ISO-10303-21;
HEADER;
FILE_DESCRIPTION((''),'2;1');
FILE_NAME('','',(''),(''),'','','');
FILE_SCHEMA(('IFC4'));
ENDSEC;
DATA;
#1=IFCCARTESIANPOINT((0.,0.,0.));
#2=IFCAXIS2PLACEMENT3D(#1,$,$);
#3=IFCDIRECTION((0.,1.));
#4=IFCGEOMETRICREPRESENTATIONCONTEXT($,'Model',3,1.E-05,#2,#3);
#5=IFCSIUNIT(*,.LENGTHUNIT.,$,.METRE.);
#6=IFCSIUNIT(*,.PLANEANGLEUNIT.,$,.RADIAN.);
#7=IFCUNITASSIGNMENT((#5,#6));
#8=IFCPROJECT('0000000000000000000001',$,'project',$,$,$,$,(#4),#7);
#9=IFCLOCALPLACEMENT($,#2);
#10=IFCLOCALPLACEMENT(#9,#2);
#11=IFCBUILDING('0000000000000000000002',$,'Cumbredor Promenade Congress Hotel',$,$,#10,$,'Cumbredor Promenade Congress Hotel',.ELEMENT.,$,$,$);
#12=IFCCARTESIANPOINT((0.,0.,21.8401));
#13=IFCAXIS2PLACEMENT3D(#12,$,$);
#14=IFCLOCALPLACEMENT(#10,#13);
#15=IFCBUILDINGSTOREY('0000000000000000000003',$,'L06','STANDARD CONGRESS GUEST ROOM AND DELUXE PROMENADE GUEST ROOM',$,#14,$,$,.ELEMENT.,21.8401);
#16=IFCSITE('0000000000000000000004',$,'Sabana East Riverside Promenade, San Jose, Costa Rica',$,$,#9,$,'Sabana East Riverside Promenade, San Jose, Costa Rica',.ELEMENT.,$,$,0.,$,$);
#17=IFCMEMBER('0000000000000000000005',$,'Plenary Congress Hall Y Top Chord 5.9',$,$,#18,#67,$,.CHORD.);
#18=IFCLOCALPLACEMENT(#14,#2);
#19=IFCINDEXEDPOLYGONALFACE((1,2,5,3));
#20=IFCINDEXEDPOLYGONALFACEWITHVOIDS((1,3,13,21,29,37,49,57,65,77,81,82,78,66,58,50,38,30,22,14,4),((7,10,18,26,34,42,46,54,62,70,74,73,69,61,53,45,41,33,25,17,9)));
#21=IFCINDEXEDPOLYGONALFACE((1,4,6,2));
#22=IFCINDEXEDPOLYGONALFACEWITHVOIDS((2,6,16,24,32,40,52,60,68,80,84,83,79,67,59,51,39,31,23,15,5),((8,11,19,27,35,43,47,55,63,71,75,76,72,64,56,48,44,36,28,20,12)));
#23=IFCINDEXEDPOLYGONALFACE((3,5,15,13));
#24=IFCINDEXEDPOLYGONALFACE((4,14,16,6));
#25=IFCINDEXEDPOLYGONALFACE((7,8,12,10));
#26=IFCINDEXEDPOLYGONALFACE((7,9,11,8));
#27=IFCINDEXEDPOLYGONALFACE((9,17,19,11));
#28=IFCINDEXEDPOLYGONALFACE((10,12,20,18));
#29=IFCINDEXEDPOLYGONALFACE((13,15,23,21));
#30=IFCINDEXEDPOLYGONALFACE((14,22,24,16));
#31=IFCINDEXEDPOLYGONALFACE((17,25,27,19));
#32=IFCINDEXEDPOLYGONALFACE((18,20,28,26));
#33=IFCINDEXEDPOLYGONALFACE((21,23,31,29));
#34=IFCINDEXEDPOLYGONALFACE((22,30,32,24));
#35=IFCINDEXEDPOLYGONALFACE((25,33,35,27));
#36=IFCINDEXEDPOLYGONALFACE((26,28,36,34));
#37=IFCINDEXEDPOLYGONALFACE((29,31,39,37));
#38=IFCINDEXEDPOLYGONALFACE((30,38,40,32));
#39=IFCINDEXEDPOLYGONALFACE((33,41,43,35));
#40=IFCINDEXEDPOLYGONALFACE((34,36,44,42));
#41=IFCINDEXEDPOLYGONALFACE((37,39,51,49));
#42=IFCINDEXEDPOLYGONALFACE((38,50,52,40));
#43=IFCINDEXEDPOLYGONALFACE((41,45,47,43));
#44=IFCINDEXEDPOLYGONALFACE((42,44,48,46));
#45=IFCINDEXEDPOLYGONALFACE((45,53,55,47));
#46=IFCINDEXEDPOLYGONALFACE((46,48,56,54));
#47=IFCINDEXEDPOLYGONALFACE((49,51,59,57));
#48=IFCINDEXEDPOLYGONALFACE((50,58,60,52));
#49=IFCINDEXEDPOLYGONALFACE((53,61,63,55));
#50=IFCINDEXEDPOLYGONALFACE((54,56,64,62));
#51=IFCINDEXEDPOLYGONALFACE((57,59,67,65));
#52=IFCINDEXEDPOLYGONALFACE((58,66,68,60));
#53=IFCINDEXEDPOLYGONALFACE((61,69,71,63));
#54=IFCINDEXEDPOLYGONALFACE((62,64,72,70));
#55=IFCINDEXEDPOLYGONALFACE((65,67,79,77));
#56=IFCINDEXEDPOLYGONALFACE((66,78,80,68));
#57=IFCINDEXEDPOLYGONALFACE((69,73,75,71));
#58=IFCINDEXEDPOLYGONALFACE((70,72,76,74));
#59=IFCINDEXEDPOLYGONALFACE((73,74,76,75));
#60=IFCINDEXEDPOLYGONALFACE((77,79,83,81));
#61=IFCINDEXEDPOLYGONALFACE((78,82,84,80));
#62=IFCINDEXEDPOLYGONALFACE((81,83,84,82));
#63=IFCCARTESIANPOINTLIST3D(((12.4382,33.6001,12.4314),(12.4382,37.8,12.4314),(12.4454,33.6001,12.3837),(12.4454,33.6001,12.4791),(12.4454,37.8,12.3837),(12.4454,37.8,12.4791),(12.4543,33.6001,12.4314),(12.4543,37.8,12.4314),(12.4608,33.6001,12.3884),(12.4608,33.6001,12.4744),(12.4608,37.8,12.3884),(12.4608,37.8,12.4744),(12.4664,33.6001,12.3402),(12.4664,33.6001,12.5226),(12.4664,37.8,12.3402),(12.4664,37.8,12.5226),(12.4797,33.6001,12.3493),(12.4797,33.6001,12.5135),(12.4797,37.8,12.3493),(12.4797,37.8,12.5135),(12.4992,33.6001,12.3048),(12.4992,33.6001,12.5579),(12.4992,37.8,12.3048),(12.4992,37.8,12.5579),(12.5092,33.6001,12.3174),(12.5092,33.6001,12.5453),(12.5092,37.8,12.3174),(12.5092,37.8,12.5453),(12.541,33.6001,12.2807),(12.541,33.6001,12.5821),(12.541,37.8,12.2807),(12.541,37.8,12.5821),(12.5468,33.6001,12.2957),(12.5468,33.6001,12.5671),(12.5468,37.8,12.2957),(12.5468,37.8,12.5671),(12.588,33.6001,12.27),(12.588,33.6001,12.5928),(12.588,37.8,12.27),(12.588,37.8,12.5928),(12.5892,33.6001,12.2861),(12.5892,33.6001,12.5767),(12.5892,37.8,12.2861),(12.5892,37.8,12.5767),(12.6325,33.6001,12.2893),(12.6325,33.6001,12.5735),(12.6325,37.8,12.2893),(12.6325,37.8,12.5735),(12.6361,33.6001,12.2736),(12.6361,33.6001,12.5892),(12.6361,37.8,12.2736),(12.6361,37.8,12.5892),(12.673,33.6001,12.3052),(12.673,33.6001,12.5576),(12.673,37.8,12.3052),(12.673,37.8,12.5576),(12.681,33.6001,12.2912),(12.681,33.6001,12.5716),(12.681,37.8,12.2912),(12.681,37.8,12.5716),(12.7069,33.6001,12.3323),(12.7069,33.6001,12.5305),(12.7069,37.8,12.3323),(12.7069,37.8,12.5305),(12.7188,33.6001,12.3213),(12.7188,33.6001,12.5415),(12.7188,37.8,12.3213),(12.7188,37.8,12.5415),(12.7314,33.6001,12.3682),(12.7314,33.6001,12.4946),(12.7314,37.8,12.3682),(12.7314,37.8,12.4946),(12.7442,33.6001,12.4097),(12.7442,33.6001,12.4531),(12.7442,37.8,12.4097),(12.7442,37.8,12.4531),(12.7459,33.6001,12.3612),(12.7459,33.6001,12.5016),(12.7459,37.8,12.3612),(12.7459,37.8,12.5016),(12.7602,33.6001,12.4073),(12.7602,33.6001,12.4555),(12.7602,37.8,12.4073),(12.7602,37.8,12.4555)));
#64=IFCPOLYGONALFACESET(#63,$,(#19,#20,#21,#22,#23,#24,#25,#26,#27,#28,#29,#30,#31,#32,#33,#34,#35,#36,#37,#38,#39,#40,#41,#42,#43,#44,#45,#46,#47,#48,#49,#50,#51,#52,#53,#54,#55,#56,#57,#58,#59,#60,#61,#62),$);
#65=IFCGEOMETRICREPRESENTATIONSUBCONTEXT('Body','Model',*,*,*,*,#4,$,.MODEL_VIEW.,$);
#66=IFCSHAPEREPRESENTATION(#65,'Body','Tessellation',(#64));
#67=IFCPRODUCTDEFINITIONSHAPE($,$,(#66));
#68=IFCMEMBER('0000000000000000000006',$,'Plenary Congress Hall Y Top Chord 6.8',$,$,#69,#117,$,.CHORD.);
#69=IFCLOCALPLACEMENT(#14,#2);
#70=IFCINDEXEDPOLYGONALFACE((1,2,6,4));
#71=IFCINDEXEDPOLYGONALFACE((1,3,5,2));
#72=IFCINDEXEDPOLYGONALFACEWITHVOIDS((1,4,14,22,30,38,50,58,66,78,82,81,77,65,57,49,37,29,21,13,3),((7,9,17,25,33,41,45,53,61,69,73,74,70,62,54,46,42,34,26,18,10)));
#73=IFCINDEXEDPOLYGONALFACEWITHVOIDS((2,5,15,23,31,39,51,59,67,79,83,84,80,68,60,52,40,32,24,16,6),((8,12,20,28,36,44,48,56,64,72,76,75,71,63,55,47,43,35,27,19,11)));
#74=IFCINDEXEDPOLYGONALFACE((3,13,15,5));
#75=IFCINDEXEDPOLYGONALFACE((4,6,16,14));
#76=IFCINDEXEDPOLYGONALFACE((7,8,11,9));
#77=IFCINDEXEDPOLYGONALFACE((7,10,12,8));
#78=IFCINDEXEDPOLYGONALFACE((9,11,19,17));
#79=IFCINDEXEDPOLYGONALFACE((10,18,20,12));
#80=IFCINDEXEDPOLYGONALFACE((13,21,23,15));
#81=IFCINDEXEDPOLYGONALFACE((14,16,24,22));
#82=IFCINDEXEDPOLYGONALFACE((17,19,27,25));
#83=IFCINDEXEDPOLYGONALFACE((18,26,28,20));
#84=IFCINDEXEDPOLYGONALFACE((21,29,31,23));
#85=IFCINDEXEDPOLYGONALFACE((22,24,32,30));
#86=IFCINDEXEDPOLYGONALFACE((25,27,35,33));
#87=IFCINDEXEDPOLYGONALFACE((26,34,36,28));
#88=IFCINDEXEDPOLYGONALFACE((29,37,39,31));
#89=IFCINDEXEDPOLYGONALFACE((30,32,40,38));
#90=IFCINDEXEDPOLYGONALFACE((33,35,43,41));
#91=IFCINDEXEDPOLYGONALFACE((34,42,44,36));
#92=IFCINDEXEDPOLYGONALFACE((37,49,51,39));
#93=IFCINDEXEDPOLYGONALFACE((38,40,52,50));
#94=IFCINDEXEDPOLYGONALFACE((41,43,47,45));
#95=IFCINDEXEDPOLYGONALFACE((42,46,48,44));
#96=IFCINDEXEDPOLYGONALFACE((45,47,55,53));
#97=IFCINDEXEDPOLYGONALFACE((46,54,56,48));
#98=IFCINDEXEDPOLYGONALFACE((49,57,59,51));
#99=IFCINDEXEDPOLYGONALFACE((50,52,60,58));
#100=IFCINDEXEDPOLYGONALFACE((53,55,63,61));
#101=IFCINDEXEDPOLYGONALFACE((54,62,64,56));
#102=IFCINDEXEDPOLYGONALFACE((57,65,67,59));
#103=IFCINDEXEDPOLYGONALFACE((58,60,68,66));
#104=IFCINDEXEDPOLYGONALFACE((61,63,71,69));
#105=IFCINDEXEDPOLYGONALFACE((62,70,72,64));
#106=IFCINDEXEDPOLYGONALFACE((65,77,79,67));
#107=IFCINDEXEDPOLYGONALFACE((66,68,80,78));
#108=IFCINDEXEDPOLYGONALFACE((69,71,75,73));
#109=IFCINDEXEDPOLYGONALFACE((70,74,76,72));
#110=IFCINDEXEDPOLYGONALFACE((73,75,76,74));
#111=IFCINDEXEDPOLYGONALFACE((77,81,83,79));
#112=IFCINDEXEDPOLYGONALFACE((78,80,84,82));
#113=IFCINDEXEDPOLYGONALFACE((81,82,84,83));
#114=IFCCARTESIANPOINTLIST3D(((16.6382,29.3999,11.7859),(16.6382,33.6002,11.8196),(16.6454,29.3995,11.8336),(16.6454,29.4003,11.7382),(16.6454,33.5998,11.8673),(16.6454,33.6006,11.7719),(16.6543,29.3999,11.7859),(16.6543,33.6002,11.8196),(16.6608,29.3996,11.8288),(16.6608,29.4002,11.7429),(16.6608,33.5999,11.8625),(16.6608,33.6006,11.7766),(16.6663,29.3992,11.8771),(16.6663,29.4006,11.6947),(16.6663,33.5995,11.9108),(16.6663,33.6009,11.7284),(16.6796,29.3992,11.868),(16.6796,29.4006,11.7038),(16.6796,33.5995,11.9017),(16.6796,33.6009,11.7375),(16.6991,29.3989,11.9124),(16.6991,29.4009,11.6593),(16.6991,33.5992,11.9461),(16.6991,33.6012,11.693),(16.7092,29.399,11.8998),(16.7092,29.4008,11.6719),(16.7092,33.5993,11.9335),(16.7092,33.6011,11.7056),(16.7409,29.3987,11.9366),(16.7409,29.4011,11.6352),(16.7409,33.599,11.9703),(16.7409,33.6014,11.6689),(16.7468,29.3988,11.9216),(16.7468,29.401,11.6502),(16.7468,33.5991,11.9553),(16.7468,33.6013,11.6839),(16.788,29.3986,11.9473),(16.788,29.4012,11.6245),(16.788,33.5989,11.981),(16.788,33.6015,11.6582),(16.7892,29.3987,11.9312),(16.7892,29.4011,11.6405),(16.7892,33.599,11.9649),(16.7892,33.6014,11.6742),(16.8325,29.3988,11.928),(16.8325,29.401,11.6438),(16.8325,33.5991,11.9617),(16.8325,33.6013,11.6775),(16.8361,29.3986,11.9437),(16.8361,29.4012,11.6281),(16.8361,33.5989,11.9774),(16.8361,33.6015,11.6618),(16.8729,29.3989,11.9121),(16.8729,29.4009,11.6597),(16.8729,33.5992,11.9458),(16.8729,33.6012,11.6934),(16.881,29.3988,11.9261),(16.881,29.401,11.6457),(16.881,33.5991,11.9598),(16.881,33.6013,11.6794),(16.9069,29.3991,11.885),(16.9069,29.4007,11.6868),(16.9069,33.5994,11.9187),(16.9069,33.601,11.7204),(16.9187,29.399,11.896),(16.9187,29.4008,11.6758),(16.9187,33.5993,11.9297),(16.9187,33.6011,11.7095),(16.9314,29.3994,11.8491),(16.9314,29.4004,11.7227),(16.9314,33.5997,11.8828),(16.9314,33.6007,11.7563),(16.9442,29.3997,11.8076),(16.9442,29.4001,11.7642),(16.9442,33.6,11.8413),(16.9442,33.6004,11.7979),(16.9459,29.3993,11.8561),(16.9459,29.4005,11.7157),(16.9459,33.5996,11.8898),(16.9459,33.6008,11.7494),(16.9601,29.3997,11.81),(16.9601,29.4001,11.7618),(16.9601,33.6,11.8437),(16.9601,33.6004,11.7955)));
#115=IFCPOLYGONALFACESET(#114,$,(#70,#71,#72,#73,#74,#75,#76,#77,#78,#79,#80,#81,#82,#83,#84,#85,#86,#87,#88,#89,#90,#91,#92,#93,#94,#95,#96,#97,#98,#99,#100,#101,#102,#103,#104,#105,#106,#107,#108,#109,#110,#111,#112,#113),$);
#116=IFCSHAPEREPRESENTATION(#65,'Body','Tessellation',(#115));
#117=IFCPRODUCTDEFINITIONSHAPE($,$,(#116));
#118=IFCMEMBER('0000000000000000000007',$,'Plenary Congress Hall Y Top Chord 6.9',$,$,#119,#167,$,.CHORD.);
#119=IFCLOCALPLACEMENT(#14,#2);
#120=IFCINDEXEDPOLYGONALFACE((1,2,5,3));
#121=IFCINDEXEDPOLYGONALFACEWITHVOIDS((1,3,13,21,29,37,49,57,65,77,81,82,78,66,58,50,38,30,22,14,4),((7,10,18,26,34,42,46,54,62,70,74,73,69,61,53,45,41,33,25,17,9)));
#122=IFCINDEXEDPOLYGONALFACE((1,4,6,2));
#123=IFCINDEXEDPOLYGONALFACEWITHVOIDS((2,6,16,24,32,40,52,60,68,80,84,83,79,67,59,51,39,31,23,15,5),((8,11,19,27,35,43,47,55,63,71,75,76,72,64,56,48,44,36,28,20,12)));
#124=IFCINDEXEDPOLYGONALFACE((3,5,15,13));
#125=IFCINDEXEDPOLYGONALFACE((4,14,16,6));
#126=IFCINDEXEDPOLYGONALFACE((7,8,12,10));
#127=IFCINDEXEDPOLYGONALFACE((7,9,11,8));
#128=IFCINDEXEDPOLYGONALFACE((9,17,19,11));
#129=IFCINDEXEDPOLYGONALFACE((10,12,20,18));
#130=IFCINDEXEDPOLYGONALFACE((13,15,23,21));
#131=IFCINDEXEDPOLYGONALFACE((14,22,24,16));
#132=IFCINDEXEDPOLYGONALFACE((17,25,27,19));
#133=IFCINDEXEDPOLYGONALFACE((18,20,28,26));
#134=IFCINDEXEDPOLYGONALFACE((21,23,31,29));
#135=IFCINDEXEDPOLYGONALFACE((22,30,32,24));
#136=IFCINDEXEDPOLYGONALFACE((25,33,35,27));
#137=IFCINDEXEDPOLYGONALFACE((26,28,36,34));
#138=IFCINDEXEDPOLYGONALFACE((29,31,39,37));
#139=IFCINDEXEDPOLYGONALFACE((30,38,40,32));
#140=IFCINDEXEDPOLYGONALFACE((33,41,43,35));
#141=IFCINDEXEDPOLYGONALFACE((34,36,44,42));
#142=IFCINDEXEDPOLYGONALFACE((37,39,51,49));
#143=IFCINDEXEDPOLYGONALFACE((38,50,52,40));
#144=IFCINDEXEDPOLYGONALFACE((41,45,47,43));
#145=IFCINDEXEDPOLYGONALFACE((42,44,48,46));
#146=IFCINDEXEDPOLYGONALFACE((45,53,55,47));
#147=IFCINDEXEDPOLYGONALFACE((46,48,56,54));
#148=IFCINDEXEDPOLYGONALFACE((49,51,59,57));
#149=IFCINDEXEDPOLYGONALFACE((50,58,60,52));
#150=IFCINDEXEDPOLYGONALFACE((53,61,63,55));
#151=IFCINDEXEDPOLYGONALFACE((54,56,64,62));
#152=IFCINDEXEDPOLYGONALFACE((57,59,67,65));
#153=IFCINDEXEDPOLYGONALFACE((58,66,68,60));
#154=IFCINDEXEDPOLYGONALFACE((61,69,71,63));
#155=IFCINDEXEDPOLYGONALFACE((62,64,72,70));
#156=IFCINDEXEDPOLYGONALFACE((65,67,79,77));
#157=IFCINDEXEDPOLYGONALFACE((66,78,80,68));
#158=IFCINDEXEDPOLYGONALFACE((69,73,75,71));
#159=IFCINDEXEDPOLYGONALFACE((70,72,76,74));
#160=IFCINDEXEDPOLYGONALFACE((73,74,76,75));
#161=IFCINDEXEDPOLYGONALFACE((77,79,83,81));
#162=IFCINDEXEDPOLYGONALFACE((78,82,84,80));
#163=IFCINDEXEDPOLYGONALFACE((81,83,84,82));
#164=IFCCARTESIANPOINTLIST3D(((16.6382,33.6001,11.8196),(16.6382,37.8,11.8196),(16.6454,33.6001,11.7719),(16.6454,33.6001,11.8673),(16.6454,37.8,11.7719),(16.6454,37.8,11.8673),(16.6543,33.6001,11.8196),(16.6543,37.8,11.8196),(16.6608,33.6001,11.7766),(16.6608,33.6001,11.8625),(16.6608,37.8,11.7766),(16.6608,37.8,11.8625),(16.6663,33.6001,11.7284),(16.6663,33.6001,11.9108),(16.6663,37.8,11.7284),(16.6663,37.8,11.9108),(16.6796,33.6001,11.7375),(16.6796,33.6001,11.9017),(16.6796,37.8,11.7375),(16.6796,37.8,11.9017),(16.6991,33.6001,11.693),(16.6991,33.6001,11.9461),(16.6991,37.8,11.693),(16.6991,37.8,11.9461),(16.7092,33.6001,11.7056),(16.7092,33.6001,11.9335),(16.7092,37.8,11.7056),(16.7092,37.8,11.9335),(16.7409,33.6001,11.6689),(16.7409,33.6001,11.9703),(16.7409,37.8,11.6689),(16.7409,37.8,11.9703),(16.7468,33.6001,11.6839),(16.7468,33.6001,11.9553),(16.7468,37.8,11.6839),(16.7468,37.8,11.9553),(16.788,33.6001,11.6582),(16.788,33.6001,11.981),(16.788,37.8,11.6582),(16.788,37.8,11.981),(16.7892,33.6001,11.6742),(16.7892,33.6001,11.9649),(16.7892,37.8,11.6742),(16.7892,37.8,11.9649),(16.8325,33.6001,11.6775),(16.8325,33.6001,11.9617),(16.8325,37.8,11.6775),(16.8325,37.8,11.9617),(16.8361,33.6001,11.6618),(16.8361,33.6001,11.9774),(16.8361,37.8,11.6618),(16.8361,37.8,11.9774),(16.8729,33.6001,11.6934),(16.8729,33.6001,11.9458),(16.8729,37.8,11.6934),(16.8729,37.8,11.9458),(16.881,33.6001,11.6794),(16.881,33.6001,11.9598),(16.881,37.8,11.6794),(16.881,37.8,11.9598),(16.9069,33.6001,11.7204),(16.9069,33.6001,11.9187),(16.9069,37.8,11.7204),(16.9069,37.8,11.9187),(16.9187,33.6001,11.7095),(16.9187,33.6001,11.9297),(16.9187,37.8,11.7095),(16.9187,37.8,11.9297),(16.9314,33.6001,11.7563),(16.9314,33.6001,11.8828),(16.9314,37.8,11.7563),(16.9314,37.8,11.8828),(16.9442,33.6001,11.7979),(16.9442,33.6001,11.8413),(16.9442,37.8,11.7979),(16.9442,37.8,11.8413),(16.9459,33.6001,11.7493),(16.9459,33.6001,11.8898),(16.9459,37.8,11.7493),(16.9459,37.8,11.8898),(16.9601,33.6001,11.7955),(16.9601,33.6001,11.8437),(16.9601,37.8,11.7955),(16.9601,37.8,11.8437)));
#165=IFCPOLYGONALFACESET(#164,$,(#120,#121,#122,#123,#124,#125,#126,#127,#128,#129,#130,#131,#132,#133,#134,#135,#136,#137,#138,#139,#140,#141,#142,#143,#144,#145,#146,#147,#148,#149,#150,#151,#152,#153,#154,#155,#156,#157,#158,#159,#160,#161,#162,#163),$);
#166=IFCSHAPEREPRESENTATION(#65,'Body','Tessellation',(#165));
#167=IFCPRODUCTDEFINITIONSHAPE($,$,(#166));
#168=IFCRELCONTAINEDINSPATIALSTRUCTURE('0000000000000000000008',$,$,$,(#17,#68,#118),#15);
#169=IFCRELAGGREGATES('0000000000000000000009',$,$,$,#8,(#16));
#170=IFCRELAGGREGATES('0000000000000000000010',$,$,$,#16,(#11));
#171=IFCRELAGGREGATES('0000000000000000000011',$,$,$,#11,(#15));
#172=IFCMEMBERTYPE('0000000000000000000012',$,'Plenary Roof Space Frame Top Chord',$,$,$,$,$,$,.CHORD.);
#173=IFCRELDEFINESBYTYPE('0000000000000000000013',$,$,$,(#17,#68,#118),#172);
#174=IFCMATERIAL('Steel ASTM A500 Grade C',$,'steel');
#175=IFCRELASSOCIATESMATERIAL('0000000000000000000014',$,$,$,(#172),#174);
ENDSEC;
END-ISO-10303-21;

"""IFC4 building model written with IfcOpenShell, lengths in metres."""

from ifc_helpers import new_model, si_unit, direction, frame, origin, origin_2d, place, context, subcontext, project, spatial, hollow_circle, extrude, material, material_profile, profile_set, type_object, element, save


model = new_model("IFC4")

# Units and contexts
model_context = context("Model", 3, precision=1e-05, world=origin(), true_north=direction((0.0, 1.0)))
body_context = subcontext(model_context, "Body", "Model", "MODEL_VIEW")
ifc_project = project(units=[si_unit("LENGTHUNIT", "METRE"), si_unit("PLANEANGLEUNIT", "RADIAN")], contexts=[model_context])

# Site, building, storey
site_placement = place(None, origin())
site = spatial("IfcSite", under=ifc_project, at=site_placement, Name="Sabana East Riverside Promenade, San Jose, Costa Rica", LongName="Sabana East Riverside Promenade, San Jose, Costa Rica", CompositionType="ELEMENT", RefElevation=0.0)
building_placement = place(site_placement, origin())
building = spatial("IfcBuilding", under=site, at=building_placement, Name="Cumbredor Promenade Congress Hotel", LongName="Cumbredor Promenade Congress Hotel", CompositionType="ELEMENT")
storey_placement = place(building_placement, frame((0.0, 0.0, 21.8401)))
storey = spatial("IfcBuildingStorey", under=building, at=storey_placement, Name="L06", Description="STANDARD CONGRESS GUEST ROOM AND DELUXE PROMENADE GUEST ROOM", CompositionType="ELEMENT", Elevation=21.8401)

# Members
ifc_material_1 = material(Name="Steel ASTM A500 Grade C", Category="steel")
ifc_material_profile_1 = material_profile(ifc_material_1, hollow_circle(Radius=0.1619, WallThickness=0.0161, at=origin_2d()), Name="CHS 323.9x16")
ifc_profile_set_1 = profile_set([ifc_material_profile_1], Name="Steel ASTM A500 Grade C")
member_type_1 = type_object("IfcMemberType", Name="Plenary Roof Space Frame Top Chord", PredefinedType="CHORD", material=ifc_profile_set_1)
member_1_placement = place(storey_placement, frame((12.6001, 33.6001, 12.4314), z_axis=(0.0, 1.0, 0.0), x_axis=(-1.0, 0.0, 0.0)))
element("IfcMember", 1, at=member_1_placement, inside=storey, type_object=member_type_1, Name="Plenary Congress Hall Y Top Chord 5.9", PredefinedType="CHORD", context=body_context, shape_type="SweptSolid", body=[
    extrude(hollow_circle(Radius=0.1619, WallThickness=0.0161, at=origin_2d()), origin(), (0.0, 0.0, 1.0), 4.2),
])
member_2_placement = place(storey_placement, frame((16.8, 29.3999, 11.7859), z_axis=(0.0, 0.999968, 0.008021), x_axis=(-1.0, 0.0, 0.0)))
element("IfcMember", 2, at=member_2_placement, inside=storey, type_object=member_type_1, Name="Plenary Congress Hall Y Top Chord 6.8", PredefinedType="CHORD", context=body_context, shape_type="SweptSolid", body=[
    extrude(hollow_circle(Radius=0.1619, WallThickness=0.0161, at=origin_2d()), origin(), (0.0, 0.0, 1.0), 4.2004),
])
member_3_placement = place(storey_placement, frame((16.8, 33.6001, 11.8196), z_axis=(0.0, 1.0, 0.0), x_axis=(-1.0, 0.0, 0.0)))
element("IfcMember", 3, at=member_3_placement, inside=storey, type_object=member_type_1, Name="Plenary Congress Hall Y Top Chord 6.9", PredefinedType="CHORD", context=body_context, shape_type="SweptSolid", body=[
    extrude(hollow_circle(Radius=0.1619, WallThickness=0.0161, at=origin_2d()), origin(), (0.0, 0.0, 1.0), 4.2),
])

save(model, "model.ifc")
